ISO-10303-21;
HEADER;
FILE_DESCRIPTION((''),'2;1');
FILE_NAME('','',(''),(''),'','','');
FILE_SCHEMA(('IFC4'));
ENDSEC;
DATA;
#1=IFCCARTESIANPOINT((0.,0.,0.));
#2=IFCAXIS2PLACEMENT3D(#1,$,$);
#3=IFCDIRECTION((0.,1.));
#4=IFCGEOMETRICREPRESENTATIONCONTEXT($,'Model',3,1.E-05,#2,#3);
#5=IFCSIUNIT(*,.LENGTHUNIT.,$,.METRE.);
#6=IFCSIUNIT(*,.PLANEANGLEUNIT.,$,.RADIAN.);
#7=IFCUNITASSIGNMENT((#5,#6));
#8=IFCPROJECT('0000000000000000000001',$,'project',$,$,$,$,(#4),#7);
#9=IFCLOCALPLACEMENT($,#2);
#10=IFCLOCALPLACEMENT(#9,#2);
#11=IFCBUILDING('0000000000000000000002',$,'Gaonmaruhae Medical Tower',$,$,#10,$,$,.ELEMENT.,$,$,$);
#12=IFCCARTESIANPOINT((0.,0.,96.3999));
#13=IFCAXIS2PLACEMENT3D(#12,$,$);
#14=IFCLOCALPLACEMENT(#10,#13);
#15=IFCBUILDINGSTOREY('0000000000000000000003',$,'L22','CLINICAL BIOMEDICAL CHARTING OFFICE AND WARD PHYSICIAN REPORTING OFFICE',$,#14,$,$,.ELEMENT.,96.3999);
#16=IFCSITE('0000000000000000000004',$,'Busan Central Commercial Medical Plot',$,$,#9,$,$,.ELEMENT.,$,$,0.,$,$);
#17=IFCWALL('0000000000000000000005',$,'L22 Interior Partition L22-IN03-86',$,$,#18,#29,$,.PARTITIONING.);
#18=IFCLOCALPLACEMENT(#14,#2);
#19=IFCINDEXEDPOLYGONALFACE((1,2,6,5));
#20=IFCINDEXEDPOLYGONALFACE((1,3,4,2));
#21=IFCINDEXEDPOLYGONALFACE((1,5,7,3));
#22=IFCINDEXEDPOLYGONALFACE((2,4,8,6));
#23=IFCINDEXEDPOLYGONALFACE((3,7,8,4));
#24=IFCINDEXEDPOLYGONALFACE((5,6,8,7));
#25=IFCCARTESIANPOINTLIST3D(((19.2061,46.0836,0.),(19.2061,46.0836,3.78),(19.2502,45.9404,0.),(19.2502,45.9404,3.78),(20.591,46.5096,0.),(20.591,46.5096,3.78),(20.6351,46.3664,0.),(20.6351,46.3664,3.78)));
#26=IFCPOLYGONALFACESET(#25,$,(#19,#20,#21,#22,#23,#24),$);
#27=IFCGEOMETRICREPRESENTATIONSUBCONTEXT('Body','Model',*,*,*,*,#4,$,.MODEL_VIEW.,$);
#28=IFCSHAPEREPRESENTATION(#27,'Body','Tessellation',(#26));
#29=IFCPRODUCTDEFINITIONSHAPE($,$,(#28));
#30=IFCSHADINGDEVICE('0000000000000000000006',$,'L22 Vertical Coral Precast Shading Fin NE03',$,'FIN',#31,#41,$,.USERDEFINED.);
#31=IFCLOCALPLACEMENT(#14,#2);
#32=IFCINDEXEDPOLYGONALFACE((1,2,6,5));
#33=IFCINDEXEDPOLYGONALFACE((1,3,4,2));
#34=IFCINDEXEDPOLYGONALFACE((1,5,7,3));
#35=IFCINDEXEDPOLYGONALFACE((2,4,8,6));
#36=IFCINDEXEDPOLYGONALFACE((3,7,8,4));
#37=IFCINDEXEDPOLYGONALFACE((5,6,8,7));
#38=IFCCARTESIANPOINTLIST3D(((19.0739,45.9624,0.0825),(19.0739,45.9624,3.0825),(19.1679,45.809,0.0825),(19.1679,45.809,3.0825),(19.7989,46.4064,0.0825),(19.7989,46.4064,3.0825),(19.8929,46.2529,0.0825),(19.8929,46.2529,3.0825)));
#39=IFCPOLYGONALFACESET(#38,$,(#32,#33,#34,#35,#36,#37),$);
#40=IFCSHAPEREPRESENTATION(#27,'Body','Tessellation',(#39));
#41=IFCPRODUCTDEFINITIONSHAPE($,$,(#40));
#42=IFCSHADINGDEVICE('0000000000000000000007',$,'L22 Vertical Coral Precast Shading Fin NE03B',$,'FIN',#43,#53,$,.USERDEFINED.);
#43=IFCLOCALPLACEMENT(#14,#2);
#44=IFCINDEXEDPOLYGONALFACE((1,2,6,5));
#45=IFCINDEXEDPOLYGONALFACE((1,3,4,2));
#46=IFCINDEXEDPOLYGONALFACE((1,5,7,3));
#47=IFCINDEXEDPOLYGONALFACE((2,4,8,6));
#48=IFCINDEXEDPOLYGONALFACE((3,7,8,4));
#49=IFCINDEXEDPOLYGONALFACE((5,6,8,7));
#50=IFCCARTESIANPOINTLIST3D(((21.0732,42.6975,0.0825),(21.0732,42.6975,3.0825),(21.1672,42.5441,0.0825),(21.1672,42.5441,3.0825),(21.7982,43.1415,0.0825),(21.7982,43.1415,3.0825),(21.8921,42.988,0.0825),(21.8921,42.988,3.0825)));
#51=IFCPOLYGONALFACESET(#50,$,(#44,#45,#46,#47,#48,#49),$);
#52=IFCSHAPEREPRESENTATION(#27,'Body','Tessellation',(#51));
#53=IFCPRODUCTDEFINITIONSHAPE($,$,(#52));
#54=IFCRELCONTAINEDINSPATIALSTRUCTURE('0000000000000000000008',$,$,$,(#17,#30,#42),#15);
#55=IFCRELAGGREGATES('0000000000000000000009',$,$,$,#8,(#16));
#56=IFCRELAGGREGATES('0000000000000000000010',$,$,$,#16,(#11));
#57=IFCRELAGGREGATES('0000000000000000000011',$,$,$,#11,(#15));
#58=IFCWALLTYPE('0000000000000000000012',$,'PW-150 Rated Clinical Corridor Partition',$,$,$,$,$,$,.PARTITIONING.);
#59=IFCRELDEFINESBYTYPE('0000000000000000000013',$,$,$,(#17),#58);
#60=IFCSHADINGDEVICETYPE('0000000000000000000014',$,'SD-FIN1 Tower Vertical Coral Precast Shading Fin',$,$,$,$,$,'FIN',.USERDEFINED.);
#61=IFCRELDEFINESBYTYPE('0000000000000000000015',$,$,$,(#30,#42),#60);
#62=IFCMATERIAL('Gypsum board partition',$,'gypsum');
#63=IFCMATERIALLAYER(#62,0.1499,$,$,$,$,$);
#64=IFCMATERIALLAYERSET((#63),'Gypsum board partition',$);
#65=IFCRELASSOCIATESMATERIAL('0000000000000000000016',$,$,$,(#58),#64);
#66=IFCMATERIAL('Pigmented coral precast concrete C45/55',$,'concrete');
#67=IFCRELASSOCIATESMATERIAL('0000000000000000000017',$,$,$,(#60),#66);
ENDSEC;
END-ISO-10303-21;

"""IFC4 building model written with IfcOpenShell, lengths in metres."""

from ifc_helpers import new_model, si_unit, direction, frame, frame_2d, origin, origin_2d, place, context, subcontext, project, spatial, rectangle, extrude, material, layer, layer_set, type_object, element, save


model = new_model("IFC4")

# Units and contexts
model_context = context("Model", 3, precision=1e-05, world=origin(), true_north=direction((0.0, 1.0)))
body_context = subcontext(model_context, "Body", "Model", "MODEL_VIEW")
ifc_project = project(units=[si_unit("LENGTHUNIT", "METRE"), si_unit("PLANEANGLEUNIT", "RADIAN")], contexts=[model_context])

# Site, building, storey
site_placement = place(None, origin())
site = spatial("IfcSite", under=ifc_project, at=site_placement, Name="Busan Central Commercial Medical Plot", CompositionType="ELEMENT", RefElevation=0.0)
building_placement = place(site_placement, origin())
building = spatial("IfcBuilding", under=site, at=building_placement, Name="Gaonmaruhae Medical Tower", CompositionType="ELEMENT")
storey_placement = place(building_placement, frame((0.0, 0.0, 96.3999)))
storey = spatial("IfcBuildingStorey", under=building, at=storey_placement, Name="L22", Description="CLINICAL BIOMEDICAL CHARTING OFFICE AND WARD PHYSICIAN REPORTING OFFICE", CompositionType="ELEMENT", Elevation=96.3999)

# Shared definitions
ifc_material_1 = material(Name="Gypsum board partition", Category="gypsum")
ifc_layer_1 = layer(ifc_material_1, 0.1499)
ifc_layer_set_1 = layer_set([ifc_layer_1], Name="Gypsum board partition")
wall_type_1 = type_object("IfcWallType", Name="PW-150 Rated Clinical Corridor Partition", PredefinedType="PARTITIONING", material=ifc_layer_set_1)

# Wall
wall_1_placement = place(storey_placement, frame((19.228, 46.012, 0.0), z_axis=(0.0, 0.0, 1.0), x_axis=(0.955805, 0.294003, 0.0)))
element("IfcWall", 1, at=wall_1_placement, inside=storey, type_object=wall_type_1, Name="L22 Interior Partition L22-IN03-86", PredefinedType="PARTITIONING", context=body_context, shape_type="SweptSolid", body=[
    extrude(rectangle(XDim=1.449, YDim=0.1499, at=frame_2d((0.7246, 0.0))), origin(), (0.0, 0.0, 1.0), 3.78),
])

# Shading devices
ifc_material_2 = material(Name="Pigmented coral precast concrete C45/55", Category="concrete")
shading_device_type = type_object("IfcShadingDeviceType", Name="SD-FIN1 Tower Vertical Coral Precast Shading Fin", ElementType="FIN", PredefinedType="USERDEFINED", material=ifc_material_2)
for number, where, z_axis, x_axis, name in (
    (2, (19.4834, 46.1077, 0.0825), (0.0, 0.0, 1.0), (0.522216, -0.852813, 0.0), "L22 Vertical Coral Precast Shading Fin NE03"),
    (3, (21.4827, 42.8428, 0.0825), (0.0, 0.0, 1.0), (0.522216, -0.852813, 0.0), "L22 Vertical Coral Precast Shading Fin NE03B"),
):
    element("IfcShadingDevice", number, at=place(storey_placement, frame(where, z_axis=z_axis, x_axis=x_axis)), inside=storey, type_object=shading_device_type, Name=name, ObjectType="FIN", PredefinedType="USERDEFINED", context=body_context, shape_type="SweptSolid", body=[
        extrude(rectangle(XDim=0.1799, YDim=0.8501, at=origin_2d()), origin(), (0.0, 0.0, 1.0), 3.0),
    ])

save(model, "model.ifc")
